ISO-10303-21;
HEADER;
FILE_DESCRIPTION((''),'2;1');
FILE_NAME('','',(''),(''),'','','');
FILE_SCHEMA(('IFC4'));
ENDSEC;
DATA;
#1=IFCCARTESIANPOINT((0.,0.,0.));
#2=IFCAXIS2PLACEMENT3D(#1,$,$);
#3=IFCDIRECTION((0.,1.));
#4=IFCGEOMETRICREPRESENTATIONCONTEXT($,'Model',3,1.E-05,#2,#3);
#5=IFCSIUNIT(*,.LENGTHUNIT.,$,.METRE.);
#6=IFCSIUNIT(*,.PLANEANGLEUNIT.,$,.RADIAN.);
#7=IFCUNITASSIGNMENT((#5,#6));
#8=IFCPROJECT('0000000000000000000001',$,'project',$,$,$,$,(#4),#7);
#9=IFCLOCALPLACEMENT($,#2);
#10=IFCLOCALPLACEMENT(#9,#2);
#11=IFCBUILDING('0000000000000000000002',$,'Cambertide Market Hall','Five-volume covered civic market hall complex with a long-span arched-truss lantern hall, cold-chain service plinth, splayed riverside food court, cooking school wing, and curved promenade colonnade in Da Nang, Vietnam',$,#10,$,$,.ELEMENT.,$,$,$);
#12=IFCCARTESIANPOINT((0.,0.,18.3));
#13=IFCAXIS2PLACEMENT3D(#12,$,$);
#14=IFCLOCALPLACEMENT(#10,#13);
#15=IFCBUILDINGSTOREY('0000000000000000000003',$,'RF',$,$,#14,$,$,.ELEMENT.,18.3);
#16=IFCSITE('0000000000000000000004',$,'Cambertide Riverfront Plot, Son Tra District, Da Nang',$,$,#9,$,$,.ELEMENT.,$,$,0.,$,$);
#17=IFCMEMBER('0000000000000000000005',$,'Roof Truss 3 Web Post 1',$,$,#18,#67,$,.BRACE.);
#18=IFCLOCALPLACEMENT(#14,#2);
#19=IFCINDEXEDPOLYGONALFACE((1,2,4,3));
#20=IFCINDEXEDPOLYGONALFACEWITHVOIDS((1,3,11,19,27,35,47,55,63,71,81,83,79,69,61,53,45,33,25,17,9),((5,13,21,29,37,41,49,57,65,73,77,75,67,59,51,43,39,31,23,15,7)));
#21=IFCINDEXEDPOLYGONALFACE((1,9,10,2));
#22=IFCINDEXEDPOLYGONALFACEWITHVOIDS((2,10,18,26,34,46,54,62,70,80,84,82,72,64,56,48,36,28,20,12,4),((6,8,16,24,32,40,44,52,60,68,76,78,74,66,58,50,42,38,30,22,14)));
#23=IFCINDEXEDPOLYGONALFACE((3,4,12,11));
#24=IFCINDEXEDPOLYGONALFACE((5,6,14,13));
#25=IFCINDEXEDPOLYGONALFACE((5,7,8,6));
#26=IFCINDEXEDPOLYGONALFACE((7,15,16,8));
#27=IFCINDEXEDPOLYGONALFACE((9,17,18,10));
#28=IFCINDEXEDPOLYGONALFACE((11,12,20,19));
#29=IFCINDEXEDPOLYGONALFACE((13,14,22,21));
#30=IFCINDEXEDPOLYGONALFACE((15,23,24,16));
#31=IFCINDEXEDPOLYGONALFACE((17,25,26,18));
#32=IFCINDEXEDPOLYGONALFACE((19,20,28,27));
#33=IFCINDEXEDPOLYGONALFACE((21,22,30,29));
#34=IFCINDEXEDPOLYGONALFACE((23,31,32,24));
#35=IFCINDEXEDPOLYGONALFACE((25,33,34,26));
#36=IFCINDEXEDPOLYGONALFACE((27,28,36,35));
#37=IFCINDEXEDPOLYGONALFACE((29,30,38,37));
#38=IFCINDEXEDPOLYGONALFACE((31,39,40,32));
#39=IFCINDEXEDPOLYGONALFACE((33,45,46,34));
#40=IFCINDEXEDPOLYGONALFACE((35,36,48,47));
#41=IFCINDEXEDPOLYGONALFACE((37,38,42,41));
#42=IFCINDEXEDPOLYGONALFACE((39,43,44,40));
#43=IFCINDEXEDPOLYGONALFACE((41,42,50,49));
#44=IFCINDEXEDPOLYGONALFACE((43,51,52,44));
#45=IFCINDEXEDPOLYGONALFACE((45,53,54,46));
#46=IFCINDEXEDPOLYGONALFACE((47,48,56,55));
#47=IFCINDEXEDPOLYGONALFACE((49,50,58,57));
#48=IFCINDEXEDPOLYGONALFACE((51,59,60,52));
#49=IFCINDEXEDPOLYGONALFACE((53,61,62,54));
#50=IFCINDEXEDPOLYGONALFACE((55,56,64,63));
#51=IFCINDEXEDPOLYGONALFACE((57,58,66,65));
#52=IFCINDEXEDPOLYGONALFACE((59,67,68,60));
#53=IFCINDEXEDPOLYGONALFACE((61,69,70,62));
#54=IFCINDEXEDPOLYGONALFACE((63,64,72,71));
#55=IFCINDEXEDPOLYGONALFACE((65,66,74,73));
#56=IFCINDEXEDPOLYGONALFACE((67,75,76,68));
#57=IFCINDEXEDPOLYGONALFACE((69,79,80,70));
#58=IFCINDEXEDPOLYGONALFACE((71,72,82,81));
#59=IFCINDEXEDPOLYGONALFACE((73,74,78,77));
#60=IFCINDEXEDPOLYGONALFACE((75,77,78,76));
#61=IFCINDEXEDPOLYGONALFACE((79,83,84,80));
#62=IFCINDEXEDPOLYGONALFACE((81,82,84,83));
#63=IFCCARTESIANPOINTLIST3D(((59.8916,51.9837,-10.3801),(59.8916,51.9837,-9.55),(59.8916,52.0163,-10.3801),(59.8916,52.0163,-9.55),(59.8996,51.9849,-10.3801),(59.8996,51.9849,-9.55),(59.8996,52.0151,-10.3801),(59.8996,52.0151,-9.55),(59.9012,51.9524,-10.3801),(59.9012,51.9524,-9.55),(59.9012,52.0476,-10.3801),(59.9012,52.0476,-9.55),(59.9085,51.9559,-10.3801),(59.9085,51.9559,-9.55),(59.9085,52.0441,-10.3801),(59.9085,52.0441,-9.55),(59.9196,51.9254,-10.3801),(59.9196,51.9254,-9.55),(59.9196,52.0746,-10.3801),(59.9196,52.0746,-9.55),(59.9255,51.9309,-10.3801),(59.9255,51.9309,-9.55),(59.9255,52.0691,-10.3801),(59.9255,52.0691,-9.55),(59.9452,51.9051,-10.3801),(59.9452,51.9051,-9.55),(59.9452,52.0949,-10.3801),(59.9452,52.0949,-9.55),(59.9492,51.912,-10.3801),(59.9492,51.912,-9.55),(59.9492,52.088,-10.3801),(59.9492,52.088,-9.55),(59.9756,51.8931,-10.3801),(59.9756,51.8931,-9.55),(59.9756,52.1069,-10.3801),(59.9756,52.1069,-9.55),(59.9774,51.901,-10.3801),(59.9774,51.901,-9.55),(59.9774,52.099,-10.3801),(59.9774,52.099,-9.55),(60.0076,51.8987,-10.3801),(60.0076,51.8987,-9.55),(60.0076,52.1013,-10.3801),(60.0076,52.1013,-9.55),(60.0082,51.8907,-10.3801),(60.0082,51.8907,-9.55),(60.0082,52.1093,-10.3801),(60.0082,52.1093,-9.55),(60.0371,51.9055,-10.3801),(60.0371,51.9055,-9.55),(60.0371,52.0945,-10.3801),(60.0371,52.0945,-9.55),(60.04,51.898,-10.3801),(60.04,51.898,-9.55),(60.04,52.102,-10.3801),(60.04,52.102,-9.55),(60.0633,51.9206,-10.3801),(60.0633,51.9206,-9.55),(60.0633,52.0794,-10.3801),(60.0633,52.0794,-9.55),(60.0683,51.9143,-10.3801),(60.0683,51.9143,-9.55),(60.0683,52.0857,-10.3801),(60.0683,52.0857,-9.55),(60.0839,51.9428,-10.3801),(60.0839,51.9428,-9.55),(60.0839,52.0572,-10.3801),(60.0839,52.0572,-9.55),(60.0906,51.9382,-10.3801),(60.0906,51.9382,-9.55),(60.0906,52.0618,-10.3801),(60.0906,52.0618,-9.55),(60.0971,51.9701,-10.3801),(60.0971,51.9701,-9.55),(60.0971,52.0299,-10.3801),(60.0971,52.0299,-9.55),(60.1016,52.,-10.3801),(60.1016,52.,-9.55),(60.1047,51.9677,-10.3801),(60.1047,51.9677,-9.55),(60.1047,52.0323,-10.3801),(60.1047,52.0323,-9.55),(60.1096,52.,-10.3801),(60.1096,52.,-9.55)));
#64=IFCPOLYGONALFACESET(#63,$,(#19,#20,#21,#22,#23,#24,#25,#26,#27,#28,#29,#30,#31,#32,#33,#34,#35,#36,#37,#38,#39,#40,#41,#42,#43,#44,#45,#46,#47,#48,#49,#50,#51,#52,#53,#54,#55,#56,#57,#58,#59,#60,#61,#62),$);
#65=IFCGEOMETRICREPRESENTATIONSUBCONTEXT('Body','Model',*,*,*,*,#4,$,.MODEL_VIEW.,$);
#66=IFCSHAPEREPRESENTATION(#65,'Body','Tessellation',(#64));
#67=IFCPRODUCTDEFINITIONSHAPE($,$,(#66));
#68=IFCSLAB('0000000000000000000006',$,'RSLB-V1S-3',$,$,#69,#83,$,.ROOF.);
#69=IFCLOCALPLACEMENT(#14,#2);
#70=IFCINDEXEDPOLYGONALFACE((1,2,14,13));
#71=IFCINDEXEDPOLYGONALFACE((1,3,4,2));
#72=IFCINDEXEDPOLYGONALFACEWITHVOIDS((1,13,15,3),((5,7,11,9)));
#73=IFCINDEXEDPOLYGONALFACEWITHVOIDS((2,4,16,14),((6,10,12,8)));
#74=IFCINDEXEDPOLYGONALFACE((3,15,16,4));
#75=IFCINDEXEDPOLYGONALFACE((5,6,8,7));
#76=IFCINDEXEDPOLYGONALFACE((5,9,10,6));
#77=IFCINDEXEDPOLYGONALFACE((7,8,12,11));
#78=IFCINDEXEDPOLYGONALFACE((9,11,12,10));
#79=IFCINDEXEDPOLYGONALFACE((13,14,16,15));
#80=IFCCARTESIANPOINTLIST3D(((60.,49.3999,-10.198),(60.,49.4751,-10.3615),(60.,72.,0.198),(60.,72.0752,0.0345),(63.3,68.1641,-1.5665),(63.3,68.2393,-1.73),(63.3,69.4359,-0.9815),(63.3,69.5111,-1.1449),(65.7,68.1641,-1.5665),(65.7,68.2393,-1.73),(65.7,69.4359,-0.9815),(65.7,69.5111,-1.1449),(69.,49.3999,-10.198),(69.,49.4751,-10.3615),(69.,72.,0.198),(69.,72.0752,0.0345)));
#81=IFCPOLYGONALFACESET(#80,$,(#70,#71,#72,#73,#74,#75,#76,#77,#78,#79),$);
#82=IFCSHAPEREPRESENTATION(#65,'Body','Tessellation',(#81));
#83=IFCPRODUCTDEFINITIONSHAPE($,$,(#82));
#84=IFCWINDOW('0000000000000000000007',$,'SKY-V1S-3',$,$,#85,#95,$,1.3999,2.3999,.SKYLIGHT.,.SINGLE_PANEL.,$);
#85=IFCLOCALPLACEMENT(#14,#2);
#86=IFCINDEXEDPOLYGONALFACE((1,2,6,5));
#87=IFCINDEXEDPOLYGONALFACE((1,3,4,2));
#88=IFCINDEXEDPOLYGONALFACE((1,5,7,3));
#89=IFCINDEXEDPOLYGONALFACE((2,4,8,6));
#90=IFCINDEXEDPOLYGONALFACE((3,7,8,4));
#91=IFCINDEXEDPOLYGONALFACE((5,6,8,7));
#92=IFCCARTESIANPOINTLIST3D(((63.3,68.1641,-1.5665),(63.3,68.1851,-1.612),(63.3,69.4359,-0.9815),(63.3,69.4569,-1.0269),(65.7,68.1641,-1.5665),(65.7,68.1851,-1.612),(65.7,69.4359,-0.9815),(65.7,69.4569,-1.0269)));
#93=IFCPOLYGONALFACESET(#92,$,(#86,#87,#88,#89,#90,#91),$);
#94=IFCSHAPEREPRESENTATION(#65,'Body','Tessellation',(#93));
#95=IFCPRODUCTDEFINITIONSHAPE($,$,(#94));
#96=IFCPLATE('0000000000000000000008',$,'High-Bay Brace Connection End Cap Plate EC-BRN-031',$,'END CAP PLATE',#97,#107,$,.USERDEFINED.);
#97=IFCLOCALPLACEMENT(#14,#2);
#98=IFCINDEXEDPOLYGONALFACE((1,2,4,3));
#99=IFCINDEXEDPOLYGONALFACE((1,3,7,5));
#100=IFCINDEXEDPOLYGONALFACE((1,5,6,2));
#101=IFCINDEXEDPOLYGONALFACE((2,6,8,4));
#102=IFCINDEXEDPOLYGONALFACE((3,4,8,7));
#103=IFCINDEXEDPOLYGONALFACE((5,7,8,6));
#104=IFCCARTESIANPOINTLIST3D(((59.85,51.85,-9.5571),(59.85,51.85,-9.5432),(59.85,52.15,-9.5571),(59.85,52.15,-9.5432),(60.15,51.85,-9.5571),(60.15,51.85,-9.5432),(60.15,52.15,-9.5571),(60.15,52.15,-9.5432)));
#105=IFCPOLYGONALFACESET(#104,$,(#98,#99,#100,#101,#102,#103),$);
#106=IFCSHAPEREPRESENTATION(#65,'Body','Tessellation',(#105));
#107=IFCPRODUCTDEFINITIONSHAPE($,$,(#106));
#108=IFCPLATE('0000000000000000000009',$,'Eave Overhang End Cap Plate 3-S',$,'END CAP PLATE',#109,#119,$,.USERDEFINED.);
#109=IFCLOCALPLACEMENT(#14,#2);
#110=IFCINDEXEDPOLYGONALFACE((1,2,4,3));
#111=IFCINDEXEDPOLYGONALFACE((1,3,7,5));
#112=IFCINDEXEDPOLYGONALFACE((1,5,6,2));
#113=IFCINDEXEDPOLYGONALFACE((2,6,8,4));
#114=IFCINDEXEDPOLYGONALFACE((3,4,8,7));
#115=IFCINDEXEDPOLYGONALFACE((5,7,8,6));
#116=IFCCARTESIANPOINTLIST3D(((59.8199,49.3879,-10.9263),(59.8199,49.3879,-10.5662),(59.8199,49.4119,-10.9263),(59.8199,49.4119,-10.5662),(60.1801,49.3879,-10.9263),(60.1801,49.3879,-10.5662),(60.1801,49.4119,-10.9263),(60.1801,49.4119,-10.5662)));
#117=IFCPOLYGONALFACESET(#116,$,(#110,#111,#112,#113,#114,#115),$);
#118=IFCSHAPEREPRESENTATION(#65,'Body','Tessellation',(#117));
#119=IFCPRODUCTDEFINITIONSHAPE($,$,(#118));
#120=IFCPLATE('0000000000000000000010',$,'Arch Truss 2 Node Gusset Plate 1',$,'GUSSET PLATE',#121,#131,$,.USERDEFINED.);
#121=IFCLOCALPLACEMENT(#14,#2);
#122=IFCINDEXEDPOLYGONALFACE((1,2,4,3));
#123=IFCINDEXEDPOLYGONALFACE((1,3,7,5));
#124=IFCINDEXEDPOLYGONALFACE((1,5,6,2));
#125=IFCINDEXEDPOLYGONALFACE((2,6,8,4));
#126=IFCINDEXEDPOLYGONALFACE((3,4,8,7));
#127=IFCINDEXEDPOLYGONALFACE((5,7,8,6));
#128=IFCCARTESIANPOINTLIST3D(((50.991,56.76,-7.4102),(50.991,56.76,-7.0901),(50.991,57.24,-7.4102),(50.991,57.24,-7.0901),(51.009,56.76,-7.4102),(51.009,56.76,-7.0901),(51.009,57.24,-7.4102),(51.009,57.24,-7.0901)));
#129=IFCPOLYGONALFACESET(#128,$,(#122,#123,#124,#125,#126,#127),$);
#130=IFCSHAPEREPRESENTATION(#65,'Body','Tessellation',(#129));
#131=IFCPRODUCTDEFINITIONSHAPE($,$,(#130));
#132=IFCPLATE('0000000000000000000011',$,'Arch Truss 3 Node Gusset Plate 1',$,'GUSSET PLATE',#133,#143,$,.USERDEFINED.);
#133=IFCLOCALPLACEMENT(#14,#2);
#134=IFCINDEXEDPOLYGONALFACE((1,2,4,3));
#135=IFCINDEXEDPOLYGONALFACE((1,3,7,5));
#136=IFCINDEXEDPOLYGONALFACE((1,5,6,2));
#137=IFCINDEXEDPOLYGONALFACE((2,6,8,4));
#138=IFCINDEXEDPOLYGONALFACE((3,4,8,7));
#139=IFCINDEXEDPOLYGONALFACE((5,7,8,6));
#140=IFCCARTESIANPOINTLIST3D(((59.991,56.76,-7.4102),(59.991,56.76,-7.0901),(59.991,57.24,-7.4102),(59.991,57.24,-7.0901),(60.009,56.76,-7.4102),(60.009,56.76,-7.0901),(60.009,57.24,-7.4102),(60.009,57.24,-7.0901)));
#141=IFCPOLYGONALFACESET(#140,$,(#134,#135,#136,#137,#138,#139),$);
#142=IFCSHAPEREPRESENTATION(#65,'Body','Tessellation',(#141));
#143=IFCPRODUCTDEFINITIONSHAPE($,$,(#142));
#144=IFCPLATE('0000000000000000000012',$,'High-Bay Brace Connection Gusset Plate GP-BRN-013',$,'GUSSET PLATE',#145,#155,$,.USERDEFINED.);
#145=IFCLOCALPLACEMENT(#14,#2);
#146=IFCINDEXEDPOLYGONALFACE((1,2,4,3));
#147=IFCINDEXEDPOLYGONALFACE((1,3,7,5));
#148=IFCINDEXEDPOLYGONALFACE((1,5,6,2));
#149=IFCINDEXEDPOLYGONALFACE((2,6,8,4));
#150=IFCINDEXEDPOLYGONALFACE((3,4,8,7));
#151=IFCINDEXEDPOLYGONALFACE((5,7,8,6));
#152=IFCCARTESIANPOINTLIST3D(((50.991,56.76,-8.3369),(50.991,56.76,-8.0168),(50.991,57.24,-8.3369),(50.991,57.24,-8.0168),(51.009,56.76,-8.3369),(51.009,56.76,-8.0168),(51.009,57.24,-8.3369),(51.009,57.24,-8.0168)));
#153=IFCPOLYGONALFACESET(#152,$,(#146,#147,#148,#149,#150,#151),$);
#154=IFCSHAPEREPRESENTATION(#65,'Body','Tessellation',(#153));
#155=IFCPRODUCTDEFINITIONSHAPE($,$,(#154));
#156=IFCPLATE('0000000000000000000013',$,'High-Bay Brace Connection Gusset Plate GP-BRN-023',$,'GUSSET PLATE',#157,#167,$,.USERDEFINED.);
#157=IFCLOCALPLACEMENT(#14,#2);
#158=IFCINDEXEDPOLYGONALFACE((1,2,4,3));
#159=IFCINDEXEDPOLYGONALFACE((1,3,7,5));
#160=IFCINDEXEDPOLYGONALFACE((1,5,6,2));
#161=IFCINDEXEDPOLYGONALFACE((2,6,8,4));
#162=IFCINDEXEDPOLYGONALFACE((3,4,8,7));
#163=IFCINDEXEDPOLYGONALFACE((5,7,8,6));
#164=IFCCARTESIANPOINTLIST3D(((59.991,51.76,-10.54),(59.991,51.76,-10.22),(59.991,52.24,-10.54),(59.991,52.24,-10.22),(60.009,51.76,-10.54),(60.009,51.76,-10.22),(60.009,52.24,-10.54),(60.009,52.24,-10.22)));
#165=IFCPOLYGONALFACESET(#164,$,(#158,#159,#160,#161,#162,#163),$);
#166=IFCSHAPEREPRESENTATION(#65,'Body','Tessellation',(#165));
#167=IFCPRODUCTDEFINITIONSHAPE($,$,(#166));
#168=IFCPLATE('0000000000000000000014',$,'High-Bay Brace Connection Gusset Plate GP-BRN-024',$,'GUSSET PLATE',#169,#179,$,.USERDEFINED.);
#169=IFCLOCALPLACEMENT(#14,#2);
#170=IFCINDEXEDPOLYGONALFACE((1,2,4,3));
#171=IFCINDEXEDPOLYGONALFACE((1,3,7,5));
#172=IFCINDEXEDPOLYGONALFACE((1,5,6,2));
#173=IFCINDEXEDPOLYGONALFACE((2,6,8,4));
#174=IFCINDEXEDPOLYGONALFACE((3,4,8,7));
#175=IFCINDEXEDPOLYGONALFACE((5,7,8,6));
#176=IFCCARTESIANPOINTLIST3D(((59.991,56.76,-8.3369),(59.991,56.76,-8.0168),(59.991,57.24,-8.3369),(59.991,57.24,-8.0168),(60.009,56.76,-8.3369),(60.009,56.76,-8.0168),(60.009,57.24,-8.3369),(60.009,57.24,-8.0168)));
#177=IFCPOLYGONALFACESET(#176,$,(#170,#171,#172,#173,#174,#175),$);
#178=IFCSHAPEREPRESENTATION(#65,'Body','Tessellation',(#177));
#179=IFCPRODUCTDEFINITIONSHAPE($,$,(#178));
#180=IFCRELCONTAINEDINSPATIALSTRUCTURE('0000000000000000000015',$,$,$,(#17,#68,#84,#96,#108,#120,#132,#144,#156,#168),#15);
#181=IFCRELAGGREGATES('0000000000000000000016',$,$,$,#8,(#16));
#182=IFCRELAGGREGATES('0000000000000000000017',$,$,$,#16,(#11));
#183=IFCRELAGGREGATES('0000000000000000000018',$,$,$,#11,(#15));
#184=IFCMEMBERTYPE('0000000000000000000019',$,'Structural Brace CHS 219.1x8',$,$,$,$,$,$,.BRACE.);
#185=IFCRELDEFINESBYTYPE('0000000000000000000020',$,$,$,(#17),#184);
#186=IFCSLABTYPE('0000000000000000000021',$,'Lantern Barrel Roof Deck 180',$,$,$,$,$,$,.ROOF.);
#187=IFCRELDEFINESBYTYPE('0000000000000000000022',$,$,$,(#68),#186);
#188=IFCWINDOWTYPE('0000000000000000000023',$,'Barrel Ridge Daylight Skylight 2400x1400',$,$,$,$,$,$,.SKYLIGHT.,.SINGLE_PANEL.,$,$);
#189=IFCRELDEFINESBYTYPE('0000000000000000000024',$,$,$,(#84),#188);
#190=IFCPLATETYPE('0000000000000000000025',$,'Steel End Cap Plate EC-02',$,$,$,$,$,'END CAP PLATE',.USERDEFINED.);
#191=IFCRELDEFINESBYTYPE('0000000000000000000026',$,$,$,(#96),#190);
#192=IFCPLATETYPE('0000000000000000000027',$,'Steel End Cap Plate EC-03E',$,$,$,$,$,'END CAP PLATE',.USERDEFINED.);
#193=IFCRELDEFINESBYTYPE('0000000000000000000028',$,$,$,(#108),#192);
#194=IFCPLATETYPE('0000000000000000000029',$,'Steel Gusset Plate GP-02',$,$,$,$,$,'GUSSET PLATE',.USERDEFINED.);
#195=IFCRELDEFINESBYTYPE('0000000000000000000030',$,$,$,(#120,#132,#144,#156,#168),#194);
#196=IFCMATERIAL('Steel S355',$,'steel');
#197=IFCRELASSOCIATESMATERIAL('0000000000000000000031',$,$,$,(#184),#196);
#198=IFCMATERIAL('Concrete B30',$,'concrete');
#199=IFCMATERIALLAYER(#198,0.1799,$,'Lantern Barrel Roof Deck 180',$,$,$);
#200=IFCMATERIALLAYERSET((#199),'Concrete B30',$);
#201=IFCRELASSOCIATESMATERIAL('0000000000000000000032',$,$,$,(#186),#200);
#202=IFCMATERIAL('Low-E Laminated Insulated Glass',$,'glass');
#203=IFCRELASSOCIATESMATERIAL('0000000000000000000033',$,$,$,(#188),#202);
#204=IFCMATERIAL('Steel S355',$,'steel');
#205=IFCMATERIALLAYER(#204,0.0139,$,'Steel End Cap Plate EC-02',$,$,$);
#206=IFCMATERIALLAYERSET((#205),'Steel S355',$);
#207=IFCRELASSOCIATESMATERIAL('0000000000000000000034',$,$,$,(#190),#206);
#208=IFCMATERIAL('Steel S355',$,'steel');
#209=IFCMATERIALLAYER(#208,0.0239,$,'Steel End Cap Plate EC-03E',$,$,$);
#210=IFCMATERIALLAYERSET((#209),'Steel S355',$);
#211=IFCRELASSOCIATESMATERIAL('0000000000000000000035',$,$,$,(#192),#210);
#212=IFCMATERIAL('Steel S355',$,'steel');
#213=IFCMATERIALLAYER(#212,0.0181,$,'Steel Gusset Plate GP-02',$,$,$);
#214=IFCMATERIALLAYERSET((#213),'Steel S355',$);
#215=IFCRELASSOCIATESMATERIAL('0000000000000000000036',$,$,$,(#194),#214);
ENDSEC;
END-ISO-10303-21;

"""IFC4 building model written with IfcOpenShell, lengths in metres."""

from ifc_helpers import new_model, si_unit, direction, frame, origin, origin_2d, place, context, subcontext, project, spatial, polyline, rectangle, hollow_circle, outline, extrude, material, layer, layer_set, material_profile, profile_set, type_object, element, fill, save


model = new_model("IFC4")

# Units and contexts
model_context = context("Model", 3, precision=1e-05, world=origin(), true_north=direction((0.0, 1.0)))
body_context = subcontext(model_context, "Body", "Model", "MODEL_VIEW")
ifc_project = project(units=[si_unit("LENGTHUNIT", "METRE"), si_unit("PLANEANGLEUNIT", "RADIAN")], contexts=[model_context])

# Site, building, storey
site_placement = place(None, origin())
site = spatial("IfcSite", under=ifc_project, at=site_placement, Name="Cambertide Riverfront Plot, Son Tra District, Da Nang", CompositionType="ELEMENT", RefElevation=0.0)
building_placement = place(site_placement, origin())
building = spatial("IfcBuilding", under=site, at=building_placement, Name="Cambertide Market Hall", Description="Five-volume covered civic market hall complex with a long-span arched-truss lantern hall, cold-chain service plinth, splayed riverside food court, cooking school wing, and curved promenade colonnade in Da Nang, Vietnam", CompositionType="ELEMENT")
storey_placement = place(building_placement, frame((0.0, 0.0, 18.3)))
storey = spatial("IfcBuildingStorey", under=building, at=storey_placement, Name="RF", CompositionType="ELEMENT", Elevation=18.3)

# Member
ifc_material_1 = material(Name="Steel S355", Category="steel")
ifc_material_profile_1 = material_profile(ifc_material_1, hollow_circle(Radius=0.1096, WallThickness=0.0081, at=origin_2d()), Name="CHS 219.1x8")
ifc_profile_set_1 = profile_set([ifc_material_profile_1], Name="Steel S355")
member_type_1 = type_object("IfcMemberType", Name="Structural Brace CHS 219.1x8", PredefinedType="BRACE", material=ifc_profile_set_1)
member_1_placement = place(storey_placement, frame((60.0, 52.0, -10.3801), z_axis=(0.0, 0.0, 1.0), x_axis=(1.0, 0.0, 0.0)))
element("IfcMember", 1, at=member_1_placement, inside=storey, type_object=member_type_1, Name="Roof Truss 3 Web Post 1", PredefinedType="BRACE", context=body_context, shape_type="SweptSolid", body=[
    extrude(hollow_circle(Radius=0.1096, WallThickness=0.0081, at=origin_2d()), origin(), (0.0, 0.0, 1.0), 0.8301),
])

# Slab, opening, window
ifc_material_2 = material(Name="Concrete B30", Category="concrete")
ifc_layer_1 = layer(ifc_material_2, 0.1799, Name="Lantern Barrel Roof Deck 180")
ifc_layer_set_1 = layer_set([ifc_layer_1], Name="Concrete B30")
slab_type = type_object("IfcSlabType", Name="Lantern Barrel Roof Deck 180", PredefinedType="ROOF", material=ifc_layer_set_1)
slab_placement = place(storey_placement, frame((60.0, 49.3999, -10.198), z_axis=(0.0, -0.417904, 0.908491), x_axis=(1.0, 0.0, 0.0)))
slab = element("IfcSlab", 2, at=slab_placement, inside=storey, type_object=slab_type, Name="RSLB-V1S-3", PredefinedType="ROOF", context=body_context, shape_type="SweptSolid", body=[
    extrude(outline(polyline([(0.0, 0.0), (9.0, 0.0), (9.0, 24.8765), (0.0, 24.8765), (0.0, 0.0)])), origin(), (0.0, 0.0, -1.0), 0.1799),
])
opening_placement = place(slab_placement, frame((4.5, 21.3542, 0.01), z_axis=(0.0, 0.0, 1.0), x_axis=(1.0, 0.0, 0.0)))
opening = element("IfcOpeningElement", 3, at=opening_placement, cuts=slab, PredefinedType="OPENING", context=body_context, shape_type="SweptSolid", body=[
    extrude(rectangle(XDim=2.3999, YDim=1.3999, at=origin_2d()), origin(), (0.0, 0.0, -1.0), 0.2),
])
ifc_material_3 = material(Name="Low-E Laminated Insulated Glass", Category="glass")
window_type = type_object("IfcWindowType", Name="Barrel Ridge Daylight Skylight 2400x1400", PartitioningType="SINGLE_PANEL", PredefinedType="SKYLIGHT", material=ifc_material_3)
window_placement = place(slab_placement, frame((4.5, 21.3542, 0.0), z_axis=(0.0, 0.0, 1.0), x_axis=(1.0, 0.0, 0.0)))
window = element("IfcWindow", 4, at=window_placement, inside=storey, type_object=window_type, Name="SKY-V1S-3", OverallHeight=1.3999, OverallWidth=2.3999, PartitioningType="SINGLE_PANEL", PredefinedType="SKYLIGHT", context=body_context, shape_type="SweptSolid", body=[
    extrude(rectangle(XDim=2.3999, YDim=1.3999, at=origin_2d()), origin(), (0.0, 0.0, -1.0), 0.05),
])
fill(opening, window)

# Plates
ifc_material_4 = material(Name="Steel S355", Category="steel")
ifc_layer_2 = layer(ifc_material_4, 0.0139, Name="Steel End Cap Plate EC-02")
ifc_layer_set_2 = layer_set([ifc_layer_2], Name="Steel S355")
plate_type_1 = type_object("IfcPlateType", Name="Steel End Cap Plate EC-02", ElementType="END CAP PLATE", PredefinedType="USERDEFINED", material=ifc_layer_set_2)
plate_1_placement = place(storey_placement, frame((60.0, 52.0, -9.5571), z_axis=(0.0, 0.0, 1.0), x_axis=(1.0, 0.0, 0.0)))
element("IfcPlate", 5, at=plate_1_placement, inside=storey, type_object=plate_type_1, Name="High-Bay Brace Connection End Cap Plate EC-BRN-031", ObjectType="END CAP PLATE", PredefinedType="USERDEFINED", context=body_context, shape_type="SweptSolid", body=[
    extrude(rectangle(XDim=0.3, YDim=0.3, at=origin_2d()), origin(), (0.0, 0.0, 1.0), 0.0139),
])
ifc_material_5 = material(Name="Steel S355", Category="steel")
ifc_layer_3 = layer(ifc_material_5, 0.0239, Name="Steel End Cap Plate EC-03E")
ifc_layer_set_3 = layer_set([ifc_layer_3], Name="Steel S355")
plate_type_2 = type_object("IfcPlateType", Name="Steel End Cap Plate EC-03E", ElementType="END CAP PLATE", PredefinedType="USERDEFINED", material=ifc_layer_set_3)
plate_2_placement = place(storey_placement, frame((60.0, 49.3999, -10.9263), z_axis=(0.0, 0.0, 1.0), x_axis=(1.0, 0.0, 0.0)))
element("IfcPlate", 6, at=plate_2_placement, inside=storey, type_object=plate_type_2, Name="Eave Overhang End Cap Plate 3-S", ObjectType="END CAP PLATE", PredefinedType="USERDEFINED", context=body_context, shape_type="SweptSolid", body=[
    extrude(rectangle(XDim=0.3601, YDim=0.0239, at=origin_2d()), origin(), (0.0, 0.0, 1.0), 0.3601),
])
ifc_material_6 = material(Name="Steel S355", Category="steel")
ifc_layer_4 = layer(ifc_material_6, 0.0181, Name="Steel Gusset Plate GP-02")
ifc_layer_set_4 = layer_set([ifc_layer_4], Name="Steel S355")
plate_type_3 = type_object("IfcPlateType", Name="Steel Gusset Plate GP-02", ElementType="GUSSET PLATE", PredefinedType="USERDEFINED", material=ifc_layer_set_4)
for number, where, z_axis, x_axis, name in (
    (7, (51.0, 57.0, -7.4102), (0.0, 0.0, 1.0), (1.0, 0.0, 0.0), "Arch Truss 2 Node Gusset Plate 1"),
    (8, (60.0, 57.0, -7.4102), (0.0, 0.0, 1.0), (1.0, 0.0, 0.0), "Arch Truss 3 Node Gusset Plate 1"),
):
    element("IfcPlate", number, at=place(storey_placement, frame(where, z_axis=z_axis, x_axis=x_axis)), inside=storey, type_object=plate_type_3, Name=name, ObjectType="GUSSET PLATE", PredefinedType="USERDEFINED", context=body_context, shape_type="SweptSolid", body=[
        extrude(rectangle(XDim=0.0181, YDim=0.48, at=origin_2d()), origin(), (0.0, 0.0, 1.0), 0.3201),
    ])
for number, where, z_axis, x_axis, name in (
    (9, (51.0, 57.0, -8.3369), (0.0, 0.0, 1.0), (0.0, 1.0, 0.0), "High-Bay Brace Connection Gusset Plate GP-BRN-013"),
    (10, (60.0, 52.0, -10.54), (0.0, 0.0, 1.0), (0.0, 1.0, 0.0), "High-Bay Brace Connection Gusset Plate GP-BRN-023"),
    (11, (60.0, 57.0, -8.3369), (0.0, 0.0, 1.0), (0.0, 1.0, 0.0), "High-Bay Brace Connection Gusset Plate GP-BRN-024"),
):
    element("IfcPlate", number, at=place(storey_placement, frame(where, z_axis=z_axis, x_axis=x_axis)), inside=storey, type_object=plate_type_3, Name=name, ObjectType="GUSSET PLATE", PredefinedType="USERDEFINED", context=body_context, shape_type="SweptSolid", body=[
        extrude(rectangle(XDim=0.48, YDim=0.0181, at=origin_2d()), origin(), (0.0, 0.0, 1.0), 0.3201),
    ])

save(model, "model.ifc")
